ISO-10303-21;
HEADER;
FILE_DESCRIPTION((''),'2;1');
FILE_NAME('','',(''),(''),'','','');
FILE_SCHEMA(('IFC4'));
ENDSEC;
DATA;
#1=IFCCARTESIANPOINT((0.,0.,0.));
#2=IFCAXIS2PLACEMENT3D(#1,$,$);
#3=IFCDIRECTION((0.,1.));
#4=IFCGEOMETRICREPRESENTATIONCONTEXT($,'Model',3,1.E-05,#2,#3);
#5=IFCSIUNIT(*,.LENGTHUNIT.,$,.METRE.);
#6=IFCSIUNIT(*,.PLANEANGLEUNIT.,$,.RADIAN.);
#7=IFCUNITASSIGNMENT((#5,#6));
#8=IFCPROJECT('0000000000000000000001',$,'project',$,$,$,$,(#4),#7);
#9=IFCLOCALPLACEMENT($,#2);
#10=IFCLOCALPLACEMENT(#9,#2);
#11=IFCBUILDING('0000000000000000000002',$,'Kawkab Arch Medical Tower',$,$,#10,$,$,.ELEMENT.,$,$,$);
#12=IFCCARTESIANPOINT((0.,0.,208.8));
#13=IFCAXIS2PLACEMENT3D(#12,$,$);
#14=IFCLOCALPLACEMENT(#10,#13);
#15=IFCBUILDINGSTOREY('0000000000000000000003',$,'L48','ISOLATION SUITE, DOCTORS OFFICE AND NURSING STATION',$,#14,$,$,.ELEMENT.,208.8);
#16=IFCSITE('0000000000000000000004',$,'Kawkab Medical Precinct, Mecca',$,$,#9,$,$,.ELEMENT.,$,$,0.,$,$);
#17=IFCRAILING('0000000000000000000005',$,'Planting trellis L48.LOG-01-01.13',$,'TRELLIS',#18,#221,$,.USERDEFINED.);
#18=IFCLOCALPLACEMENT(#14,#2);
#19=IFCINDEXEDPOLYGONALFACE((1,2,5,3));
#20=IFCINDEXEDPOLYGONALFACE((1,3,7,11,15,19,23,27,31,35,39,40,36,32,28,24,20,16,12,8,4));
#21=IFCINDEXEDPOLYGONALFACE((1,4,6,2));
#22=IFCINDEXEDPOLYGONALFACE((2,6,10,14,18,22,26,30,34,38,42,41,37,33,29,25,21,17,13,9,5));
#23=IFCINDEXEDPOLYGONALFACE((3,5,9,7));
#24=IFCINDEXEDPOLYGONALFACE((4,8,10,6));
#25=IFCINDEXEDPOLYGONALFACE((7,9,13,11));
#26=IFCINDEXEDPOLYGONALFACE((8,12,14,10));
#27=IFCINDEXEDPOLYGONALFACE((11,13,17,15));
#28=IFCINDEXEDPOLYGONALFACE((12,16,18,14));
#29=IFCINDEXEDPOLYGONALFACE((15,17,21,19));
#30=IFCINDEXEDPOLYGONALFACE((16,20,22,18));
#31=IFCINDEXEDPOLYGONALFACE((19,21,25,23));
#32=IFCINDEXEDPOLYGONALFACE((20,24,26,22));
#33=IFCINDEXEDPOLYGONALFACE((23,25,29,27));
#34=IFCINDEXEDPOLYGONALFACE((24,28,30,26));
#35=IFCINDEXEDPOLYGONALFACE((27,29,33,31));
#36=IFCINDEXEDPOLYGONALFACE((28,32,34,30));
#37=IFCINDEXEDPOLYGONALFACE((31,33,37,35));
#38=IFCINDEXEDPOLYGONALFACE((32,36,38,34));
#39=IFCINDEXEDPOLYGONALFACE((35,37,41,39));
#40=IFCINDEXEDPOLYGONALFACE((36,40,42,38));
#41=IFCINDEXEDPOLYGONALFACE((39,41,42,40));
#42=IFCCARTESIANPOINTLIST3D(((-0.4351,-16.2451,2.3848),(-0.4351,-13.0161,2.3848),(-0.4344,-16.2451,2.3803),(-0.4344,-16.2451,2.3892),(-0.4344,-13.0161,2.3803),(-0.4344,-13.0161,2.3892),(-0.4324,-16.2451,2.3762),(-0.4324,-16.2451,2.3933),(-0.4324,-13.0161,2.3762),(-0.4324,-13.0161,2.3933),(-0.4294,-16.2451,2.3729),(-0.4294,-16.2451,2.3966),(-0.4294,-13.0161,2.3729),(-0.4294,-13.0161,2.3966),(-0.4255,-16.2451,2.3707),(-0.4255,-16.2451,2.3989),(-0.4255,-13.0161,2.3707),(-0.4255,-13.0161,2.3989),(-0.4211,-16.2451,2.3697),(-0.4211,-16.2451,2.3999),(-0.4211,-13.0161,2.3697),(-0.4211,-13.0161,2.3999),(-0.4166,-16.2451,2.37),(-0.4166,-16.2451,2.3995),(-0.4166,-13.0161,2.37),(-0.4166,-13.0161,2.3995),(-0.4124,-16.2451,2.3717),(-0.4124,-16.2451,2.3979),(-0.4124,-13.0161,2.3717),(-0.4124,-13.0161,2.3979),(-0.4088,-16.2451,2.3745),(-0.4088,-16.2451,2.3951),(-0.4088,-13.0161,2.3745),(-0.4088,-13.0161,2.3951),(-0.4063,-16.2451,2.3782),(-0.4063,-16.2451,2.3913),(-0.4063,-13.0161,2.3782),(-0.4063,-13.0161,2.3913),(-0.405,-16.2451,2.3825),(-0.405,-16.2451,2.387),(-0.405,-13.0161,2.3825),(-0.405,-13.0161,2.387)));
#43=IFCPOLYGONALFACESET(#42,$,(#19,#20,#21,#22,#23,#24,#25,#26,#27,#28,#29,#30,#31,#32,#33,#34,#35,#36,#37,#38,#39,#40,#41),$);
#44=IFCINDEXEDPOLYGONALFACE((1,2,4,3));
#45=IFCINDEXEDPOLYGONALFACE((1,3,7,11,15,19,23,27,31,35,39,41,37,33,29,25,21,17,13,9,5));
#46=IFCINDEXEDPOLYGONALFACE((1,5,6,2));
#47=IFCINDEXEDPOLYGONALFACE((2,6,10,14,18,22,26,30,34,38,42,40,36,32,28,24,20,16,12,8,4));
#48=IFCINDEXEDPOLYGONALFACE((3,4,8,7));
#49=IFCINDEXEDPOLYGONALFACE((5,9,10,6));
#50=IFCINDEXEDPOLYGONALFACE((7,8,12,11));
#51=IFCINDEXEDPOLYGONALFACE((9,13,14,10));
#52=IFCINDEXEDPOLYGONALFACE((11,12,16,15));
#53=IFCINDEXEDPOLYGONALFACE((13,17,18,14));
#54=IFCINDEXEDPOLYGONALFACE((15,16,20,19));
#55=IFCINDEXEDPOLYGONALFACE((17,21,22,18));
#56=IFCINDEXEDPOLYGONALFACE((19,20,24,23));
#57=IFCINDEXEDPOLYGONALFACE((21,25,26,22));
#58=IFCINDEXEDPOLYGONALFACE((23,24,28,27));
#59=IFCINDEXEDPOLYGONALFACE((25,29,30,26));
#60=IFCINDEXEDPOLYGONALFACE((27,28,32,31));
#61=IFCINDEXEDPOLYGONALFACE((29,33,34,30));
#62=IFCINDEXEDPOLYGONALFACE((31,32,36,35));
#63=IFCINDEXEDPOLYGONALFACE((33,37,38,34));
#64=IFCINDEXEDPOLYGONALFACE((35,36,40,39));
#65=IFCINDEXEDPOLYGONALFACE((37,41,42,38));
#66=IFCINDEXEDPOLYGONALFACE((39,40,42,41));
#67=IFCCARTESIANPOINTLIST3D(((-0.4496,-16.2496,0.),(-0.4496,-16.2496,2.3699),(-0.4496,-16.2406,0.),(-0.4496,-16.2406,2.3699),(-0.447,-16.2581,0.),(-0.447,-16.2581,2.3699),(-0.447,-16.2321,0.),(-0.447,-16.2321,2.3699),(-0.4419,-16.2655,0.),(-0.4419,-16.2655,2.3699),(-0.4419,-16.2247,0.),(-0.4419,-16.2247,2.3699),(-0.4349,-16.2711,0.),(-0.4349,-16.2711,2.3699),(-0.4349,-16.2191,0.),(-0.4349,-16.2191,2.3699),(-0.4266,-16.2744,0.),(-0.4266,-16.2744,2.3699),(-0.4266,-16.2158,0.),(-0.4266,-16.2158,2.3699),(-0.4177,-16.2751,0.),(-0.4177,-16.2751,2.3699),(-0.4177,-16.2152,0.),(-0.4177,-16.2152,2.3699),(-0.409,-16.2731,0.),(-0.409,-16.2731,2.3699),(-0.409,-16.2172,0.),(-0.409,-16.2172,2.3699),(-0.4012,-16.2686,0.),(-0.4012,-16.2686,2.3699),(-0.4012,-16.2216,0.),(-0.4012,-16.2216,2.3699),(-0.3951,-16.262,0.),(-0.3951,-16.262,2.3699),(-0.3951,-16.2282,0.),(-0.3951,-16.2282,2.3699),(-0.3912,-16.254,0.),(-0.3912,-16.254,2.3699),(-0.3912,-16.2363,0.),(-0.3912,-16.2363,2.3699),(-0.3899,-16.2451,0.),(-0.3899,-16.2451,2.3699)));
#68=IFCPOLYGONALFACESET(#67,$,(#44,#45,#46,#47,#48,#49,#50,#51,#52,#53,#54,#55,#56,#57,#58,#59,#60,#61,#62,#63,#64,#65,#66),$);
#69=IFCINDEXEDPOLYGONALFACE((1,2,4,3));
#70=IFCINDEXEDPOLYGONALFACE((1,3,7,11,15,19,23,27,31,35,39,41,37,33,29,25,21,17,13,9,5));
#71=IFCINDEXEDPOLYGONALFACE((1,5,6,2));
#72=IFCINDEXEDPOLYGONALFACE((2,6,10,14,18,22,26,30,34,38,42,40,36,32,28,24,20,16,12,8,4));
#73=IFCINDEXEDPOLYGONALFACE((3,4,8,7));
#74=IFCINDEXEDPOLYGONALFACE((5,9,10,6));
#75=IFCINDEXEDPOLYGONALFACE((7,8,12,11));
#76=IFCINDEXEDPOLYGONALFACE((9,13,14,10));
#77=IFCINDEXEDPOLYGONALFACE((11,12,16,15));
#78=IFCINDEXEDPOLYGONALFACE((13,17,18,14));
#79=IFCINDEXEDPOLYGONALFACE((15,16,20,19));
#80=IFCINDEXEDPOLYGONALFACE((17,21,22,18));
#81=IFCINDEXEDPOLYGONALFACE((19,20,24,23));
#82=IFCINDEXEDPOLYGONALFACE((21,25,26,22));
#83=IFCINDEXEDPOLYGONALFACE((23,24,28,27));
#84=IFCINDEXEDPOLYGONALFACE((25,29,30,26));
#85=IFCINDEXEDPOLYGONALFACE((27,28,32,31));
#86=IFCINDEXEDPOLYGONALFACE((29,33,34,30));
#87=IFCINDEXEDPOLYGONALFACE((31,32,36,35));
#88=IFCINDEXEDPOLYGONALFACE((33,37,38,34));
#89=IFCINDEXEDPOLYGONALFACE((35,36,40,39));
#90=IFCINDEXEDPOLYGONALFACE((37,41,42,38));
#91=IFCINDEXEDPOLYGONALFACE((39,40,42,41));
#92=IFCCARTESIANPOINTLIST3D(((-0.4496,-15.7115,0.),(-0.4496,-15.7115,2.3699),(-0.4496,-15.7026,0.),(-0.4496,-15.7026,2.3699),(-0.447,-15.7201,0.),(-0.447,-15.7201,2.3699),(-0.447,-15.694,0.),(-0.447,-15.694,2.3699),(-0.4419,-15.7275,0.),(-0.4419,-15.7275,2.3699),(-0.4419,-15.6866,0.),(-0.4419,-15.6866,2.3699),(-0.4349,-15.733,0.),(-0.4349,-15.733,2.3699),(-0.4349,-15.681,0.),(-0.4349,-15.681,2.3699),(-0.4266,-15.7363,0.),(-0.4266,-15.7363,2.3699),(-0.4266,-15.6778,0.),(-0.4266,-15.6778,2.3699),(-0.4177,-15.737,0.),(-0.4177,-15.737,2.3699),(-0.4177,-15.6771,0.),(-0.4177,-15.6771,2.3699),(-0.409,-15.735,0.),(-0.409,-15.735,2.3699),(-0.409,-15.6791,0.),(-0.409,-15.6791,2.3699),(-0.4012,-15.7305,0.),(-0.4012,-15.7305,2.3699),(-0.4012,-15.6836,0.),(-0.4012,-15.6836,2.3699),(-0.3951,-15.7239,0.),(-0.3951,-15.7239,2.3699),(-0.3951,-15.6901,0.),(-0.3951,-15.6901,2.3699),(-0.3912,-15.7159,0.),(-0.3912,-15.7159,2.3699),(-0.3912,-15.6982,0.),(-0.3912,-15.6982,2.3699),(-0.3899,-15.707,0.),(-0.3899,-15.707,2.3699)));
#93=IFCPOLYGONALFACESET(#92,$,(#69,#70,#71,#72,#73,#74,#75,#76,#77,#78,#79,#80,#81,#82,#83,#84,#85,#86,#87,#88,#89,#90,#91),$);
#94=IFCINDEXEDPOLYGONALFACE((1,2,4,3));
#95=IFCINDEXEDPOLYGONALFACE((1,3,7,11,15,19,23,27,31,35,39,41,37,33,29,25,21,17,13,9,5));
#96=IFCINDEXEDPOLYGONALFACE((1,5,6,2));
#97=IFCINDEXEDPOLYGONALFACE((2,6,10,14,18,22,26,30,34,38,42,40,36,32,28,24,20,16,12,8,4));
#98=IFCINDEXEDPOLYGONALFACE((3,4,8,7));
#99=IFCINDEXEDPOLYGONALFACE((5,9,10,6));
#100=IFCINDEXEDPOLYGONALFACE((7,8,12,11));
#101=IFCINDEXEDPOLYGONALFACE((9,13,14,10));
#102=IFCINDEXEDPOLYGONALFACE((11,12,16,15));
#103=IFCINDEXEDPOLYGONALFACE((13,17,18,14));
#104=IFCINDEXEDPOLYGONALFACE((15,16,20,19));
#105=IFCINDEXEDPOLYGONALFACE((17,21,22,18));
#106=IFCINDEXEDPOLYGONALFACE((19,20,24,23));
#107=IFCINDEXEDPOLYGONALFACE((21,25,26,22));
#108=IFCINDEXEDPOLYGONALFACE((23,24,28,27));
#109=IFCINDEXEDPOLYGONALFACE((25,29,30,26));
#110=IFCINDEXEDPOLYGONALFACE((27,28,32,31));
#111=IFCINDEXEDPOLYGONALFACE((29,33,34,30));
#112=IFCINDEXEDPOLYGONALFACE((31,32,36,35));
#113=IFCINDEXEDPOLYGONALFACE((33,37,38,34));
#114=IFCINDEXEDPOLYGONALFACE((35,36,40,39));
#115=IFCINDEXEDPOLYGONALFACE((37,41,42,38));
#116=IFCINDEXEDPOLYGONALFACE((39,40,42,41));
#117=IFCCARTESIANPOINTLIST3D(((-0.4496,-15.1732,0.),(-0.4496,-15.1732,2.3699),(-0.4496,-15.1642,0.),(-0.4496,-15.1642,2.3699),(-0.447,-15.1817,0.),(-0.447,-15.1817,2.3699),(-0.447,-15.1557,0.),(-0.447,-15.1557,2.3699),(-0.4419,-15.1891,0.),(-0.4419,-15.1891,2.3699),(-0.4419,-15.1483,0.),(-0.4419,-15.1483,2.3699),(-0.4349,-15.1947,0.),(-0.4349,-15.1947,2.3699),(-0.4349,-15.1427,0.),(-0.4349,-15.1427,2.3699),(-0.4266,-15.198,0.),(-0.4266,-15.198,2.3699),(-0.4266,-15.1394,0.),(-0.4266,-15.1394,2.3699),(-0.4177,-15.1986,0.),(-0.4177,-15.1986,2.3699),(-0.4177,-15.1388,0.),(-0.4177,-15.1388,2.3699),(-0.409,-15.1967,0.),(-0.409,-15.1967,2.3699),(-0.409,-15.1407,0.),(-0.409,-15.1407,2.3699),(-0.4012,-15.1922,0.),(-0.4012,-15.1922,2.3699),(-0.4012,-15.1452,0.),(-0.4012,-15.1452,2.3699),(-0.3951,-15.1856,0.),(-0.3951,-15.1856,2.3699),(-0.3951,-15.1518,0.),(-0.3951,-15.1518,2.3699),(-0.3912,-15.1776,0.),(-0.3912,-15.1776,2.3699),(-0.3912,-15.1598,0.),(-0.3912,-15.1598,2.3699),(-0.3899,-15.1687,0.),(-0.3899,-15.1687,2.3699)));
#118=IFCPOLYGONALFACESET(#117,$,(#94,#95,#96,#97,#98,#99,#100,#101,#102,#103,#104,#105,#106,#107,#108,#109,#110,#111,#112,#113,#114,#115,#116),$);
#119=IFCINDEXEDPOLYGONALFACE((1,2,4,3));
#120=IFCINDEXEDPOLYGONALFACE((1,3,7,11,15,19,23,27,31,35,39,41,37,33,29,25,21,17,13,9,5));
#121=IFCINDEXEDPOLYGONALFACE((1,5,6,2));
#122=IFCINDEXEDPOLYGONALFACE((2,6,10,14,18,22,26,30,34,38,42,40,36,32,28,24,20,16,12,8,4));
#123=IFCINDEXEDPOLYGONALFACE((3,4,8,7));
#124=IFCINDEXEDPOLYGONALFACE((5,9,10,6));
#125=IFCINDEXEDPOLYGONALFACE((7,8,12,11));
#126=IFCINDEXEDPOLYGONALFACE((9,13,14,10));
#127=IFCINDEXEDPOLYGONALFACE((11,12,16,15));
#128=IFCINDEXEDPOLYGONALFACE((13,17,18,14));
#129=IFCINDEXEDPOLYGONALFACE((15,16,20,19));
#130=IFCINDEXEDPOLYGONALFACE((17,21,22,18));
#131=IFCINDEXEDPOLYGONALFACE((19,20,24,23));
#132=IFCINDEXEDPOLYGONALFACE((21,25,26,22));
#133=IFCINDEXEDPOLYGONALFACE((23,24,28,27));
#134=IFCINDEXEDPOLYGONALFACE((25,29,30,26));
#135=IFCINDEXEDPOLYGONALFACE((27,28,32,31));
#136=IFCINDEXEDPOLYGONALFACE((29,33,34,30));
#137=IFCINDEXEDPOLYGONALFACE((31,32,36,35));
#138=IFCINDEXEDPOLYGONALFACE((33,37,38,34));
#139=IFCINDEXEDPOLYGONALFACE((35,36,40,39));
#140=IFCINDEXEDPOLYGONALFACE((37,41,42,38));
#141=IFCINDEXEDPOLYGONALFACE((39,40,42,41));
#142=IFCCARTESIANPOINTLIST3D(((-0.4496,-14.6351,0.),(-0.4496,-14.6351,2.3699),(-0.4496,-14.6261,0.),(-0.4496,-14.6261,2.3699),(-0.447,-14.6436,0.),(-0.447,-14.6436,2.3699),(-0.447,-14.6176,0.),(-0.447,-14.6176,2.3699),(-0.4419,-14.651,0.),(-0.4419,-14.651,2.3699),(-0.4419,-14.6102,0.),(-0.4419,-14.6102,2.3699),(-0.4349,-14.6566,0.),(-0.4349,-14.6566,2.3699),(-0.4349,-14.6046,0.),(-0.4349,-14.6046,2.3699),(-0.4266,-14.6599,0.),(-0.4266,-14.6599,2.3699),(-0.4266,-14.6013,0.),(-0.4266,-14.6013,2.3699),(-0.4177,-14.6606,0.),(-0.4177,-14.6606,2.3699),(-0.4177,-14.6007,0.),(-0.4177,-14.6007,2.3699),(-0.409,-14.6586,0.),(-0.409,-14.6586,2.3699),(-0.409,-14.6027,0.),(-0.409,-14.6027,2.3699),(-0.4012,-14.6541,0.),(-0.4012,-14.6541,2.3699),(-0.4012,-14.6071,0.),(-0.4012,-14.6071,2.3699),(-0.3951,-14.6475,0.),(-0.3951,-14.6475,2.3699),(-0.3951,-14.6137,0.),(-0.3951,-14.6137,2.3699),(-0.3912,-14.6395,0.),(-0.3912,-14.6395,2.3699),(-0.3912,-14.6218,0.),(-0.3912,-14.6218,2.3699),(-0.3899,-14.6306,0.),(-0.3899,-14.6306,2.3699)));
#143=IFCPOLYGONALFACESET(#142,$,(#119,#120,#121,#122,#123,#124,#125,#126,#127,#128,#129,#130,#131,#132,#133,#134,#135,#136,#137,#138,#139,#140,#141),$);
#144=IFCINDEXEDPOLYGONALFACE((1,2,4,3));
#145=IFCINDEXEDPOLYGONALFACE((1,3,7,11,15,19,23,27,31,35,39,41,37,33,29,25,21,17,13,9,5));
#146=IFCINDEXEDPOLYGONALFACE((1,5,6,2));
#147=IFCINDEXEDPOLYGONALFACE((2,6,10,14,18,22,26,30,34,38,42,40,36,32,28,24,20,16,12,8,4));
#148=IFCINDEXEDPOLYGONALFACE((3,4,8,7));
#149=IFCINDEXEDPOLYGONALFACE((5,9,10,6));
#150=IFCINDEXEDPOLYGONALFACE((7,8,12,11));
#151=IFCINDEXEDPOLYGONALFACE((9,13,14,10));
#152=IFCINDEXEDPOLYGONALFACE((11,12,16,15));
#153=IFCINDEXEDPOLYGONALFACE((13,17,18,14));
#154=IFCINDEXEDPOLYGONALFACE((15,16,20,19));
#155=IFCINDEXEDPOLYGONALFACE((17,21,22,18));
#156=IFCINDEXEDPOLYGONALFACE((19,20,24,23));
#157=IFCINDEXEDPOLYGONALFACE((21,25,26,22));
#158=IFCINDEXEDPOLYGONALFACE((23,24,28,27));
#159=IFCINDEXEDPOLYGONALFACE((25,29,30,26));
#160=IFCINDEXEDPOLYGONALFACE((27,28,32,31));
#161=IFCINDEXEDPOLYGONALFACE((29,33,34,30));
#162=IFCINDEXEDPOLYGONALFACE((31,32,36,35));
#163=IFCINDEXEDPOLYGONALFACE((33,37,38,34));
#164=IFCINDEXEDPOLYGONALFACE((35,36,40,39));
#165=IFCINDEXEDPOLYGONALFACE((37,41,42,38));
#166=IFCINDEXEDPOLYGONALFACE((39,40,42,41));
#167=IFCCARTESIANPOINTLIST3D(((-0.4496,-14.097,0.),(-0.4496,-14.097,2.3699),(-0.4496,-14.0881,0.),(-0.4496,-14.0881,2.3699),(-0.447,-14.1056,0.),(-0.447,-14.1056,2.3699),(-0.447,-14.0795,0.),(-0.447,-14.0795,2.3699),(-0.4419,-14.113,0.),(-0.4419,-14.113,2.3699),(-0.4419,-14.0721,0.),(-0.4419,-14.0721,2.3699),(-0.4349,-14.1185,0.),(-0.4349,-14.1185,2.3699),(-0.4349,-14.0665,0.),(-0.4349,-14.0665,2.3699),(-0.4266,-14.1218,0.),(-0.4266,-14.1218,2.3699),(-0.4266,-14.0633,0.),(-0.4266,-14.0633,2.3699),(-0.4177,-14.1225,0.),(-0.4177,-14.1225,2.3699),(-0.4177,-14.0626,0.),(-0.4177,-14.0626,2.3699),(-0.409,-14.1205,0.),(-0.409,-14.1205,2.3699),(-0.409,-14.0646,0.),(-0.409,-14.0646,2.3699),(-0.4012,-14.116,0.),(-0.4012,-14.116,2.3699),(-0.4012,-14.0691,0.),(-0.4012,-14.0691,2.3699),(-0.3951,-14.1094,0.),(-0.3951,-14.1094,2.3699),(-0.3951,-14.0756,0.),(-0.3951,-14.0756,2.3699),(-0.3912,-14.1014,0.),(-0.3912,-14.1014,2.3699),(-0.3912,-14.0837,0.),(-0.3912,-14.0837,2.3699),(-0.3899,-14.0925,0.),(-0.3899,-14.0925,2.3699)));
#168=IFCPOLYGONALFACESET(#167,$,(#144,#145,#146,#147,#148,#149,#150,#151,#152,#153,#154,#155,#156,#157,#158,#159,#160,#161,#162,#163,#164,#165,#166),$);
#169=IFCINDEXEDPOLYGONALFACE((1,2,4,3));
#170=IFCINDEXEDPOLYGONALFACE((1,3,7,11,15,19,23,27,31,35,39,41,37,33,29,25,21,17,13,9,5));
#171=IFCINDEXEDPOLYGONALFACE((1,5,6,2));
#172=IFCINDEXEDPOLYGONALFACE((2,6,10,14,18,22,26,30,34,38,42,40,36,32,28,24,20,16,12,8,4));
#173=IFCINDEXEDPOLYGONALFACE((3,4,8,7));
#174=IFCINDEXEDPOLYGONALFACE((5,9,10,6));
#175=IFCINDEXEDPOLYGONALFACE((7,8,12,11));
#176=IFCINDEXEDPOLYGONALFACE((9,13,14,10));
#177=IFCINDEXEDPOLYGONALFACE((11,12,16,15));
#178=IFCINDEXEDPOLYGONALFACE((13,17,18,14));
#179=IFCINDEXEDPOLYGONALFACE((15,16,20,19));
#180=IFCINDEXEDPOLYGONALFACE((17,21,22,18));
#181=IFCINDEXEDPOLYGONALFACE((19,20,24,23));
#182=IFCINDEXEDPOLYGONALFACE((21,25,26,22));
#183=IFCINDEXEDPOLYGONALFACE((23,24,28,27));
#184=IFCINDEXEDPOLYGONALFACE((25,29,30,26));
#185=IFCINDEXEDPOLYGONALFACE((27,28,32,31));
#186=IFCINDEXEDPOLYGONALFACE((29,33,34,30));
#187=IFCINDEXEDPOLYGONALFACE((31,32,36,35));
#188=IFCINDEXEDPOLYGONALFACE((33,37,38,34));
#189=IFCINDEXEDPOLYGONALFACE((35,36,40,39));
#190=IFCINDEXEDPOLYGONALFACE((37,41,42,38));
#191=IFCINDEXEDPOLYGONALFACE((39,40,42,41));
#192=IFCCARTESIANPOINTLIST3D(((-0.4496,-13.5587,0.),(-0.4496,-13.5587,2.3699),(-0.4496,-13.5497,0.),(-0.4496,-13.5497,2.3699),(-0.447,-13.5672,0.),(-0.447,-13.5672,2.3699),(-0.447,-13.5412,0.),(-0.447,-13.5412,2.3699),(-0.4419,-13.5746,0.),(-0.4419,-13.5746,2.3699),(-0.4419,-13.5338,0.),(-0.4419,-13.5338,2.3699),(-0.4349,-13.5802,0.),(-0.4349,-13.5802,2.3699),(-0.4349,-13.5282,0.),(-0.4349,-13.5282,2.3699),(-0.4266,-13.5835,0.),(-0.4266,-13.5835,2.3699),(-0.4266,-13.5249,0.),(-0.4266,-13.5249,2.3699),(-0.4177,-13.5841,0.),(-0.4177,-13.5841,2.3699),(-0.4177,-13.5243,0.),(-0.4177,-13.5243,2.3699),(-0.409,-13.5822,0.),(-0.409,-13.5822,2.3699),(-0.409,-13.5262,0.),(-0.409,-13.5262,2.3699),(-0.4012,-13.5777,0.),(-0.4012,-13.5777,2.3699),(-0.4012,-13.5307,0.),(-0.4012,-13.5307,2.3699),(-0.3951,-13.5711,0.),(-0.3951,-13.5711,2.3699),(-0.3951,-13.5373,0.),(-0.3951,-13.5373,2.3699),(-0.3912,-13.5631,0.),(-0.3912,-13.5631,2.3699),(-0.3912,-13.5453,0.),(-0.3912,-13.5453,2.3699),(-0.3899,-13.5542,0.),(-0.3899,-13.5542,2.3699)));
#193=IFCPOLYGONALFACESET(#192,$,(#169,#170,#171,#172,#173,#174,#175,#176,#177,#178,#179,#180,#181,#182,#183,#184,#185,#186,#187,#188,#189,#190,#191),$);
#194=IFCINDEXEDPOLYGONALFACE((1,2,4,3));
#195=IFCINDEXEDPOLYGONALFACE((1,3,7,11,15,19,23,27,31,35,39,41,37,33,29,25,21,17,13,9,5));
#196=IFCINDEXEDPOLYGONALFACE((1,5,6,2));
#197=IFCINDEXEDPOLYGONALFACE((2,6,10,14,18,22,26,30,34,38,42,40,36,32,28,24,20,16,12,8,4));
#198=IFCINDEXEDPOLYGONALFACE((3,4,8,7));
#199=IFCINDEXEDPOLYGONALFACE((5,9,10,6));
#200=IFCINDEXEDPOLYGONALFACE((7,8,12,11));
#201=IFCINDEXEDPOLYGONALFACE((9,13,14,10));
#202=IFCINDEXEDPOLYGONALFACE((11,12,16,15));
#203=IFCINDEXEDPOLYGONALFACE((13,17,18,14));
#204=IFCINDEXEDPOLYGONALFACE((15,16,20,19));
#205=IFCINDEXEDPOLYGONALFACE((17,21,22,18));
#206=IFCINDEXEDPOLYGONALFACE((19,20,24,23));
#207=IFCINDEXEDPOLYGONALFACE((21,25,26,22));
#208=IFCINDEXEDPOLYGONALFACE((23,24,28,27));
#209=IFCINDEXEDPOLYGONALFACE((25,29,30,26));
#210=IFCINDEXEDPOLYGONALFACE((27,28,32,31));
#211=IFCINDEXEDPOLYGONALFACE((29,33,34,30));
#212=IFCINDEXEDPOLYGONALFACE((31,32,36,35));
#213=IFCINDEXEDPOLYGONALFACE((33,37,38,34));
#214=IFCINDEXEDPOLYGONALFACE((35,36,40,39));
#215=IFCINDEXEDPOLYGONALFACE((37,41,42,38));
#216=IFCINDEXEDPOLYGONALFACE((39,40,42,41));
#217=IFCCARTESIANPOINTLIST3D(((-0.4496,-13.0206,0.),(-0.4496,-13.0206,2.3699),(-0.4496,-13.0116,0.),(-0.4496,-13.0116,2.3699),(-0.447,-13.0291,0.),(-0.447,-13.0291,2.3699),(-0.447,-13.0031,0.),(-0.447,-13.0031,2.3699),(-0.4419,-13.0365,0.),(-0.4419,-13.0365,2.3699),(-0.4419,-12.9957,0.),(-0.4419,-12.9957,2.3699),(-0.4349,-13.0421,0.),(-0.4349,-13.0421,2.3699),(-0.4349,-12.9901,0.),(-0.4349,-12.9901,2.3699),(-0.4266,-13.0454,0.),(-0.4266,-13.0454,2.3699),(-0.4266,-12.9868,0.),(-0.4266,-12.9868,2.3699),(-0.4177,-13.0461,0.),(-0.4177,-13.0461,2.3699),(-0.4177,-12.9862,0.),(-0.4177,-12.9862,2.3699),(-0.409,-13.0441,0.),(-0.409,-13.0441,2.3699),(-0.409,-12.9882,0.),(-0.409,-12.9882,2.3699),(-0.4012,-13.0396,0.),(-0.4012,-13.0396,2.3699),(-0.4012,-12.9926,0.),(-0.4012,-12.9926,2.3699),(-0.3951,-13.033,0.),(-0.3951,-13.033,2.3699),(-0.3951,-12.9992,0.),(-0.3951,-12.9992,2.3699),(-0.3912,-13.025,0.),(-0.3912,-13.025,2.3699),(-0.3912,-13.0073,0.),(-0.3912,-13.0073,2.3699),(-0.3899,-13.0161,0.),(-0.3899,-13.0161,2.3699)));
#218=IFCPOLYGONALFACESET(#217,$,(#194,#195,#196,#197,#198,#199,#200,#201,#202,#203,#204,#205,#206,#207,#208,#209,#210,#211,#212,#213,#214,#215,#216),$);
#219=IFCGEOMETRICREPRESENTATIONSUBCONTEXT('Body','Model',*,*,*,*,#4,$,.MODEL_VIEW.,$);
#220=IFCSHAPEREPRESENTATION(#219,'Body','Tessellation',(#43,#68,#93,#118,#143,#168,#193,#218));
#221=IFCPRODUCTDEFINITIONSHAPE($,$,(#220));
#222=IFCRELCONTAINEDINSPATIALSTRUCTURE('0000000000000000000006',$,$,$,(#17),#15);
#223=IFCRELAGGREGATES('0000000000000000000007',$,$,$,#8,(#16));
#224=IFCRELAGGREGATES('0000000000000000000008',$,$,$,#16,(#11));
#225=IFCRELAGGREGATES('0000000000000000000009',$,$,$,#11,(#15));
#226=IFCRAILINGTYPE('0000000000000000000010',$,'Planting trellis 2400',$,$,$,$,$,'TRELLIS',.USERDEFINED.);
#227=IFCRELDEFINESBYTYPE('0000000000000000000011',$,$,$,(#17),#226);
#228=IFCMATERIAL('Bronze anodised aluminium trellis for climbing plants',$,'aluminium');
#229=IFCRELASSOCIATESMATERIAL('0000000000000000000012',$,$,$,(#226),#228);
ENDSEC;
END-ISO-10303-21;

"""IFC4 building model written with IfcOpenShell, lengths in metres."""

from ifc_helpers import new_model, si_unit, direction, frame, origin, origin_2d, place, context, subcontext, project, spatial, circle, extrude, material, type_object, element, save


model = new_model("IFC4")

# Units and contexts
model_context = context("Model", 3, precision=1e-05, world=origin(), true_north=direction((0.0, 1.0)))
body_context = subcontext(model_context, "Body", "Model", "MODEL_VIEW")
ifc_project = project(units=[si_unit("LENGTHUNIT", "METRE"), si_unit("PLANEANGLEUNIT", "RADIAN")], contexts=[model_context])

# Site, building, storey
site_placement = place(None, origin())
site = spatial("IfcSite", under=ifc_project, at=site_placement, Name="Kawkab Medical Precinct, Mecca", CompositionType="ELEMENT", RefElevation=0.0)
building_placement = place(site_placement, origin())
building = spatial("IfcBuilding", under=site, at=building_placement, Name="Kawkab Arch Medical Tower", CompositionType="ELEMENT")
storey_placement = place(building_placement, frame((0.0, 0.0, 208.8)))
storey = spatial("IfcBuildingStorey", under=building, at=storey_placement, Name="L48", Description="ISOLATION SUITE, DOCTORS OFFICE AND NURSING STATION", CompositionType="ELEMENT", Elevation=208.8)

# Railing
ifc_material_1 = material(Name="Bronze anodised aluminium trellis for climbing plants", Category="aluminium")
railing_type_1 = type_object("IfcRailingType", Name="Planting trellis 2400", ElementType="TRELLIS", PredefinedType="USERDEFINED", material=ifc_material_1)
railing_1_placement = place(storey_placement, frame((-0.4199, -16.2451, 0.0)))
element("IfcRailing", 1, at=railing_1_placement, inside=storey, type_object=railing_type_1, Name="Planting trellis L48.LOG-01-01.13", ObjectType="TRELLIS", PredefinedType="USERDEFINED", context=body_context, shape_type="SweptSolid", body=[
    extrude(circle(Radius=0.0151, at=origin_2d()), frame((0.0, 0.0, 2.3848), z_axis=(0.0, 1.0, 0.0), x_axis=(-1.0, 0.0, 0.0)), (0.0, 0.0, 1.0), 3.229),
    extrude(circle(Radius=0.03, at=origin_2d()), origin(), (0.0, 0.0, 1.0), 2.3699),
    extrude(circle(Radius=0.03, at=origin_2d()), frame((0.0, 0.5381, 0.0)), (0.0, 0.0, 1.0), 2.3699),
    extrude(circle(Radius=0.03, at=origin_2d()), frame((0.0, 1.0764, 0.0)), (0.0, 0.0, 1.0), 2.3699),
    extrude(circle(Radius=0.03, at=origin_2d()), frame((0.0, 1.6145, 0.0)), (0.0, 0.0, 1.0), 2.3699),
    extrude(circle(Radius=0.03, at=origin_2d()), frame((0.0, 2.1526, 0.0)), (0.0, 0.0, 1.0), 2.3699),
    extrude(circle(Radius=0.03, at=origin_2d()), frame((0.0, 2.6909, 0.0)), (0.0, 0.0, 1.0), 2.3699),
    extrude(circle(Radius=0.03, at=origin_2d()), frame((0.0, 3.229, 0.0)), (0.0, 0.0, 1.0), 2.3699),
])

save(model, "model.ifc")
